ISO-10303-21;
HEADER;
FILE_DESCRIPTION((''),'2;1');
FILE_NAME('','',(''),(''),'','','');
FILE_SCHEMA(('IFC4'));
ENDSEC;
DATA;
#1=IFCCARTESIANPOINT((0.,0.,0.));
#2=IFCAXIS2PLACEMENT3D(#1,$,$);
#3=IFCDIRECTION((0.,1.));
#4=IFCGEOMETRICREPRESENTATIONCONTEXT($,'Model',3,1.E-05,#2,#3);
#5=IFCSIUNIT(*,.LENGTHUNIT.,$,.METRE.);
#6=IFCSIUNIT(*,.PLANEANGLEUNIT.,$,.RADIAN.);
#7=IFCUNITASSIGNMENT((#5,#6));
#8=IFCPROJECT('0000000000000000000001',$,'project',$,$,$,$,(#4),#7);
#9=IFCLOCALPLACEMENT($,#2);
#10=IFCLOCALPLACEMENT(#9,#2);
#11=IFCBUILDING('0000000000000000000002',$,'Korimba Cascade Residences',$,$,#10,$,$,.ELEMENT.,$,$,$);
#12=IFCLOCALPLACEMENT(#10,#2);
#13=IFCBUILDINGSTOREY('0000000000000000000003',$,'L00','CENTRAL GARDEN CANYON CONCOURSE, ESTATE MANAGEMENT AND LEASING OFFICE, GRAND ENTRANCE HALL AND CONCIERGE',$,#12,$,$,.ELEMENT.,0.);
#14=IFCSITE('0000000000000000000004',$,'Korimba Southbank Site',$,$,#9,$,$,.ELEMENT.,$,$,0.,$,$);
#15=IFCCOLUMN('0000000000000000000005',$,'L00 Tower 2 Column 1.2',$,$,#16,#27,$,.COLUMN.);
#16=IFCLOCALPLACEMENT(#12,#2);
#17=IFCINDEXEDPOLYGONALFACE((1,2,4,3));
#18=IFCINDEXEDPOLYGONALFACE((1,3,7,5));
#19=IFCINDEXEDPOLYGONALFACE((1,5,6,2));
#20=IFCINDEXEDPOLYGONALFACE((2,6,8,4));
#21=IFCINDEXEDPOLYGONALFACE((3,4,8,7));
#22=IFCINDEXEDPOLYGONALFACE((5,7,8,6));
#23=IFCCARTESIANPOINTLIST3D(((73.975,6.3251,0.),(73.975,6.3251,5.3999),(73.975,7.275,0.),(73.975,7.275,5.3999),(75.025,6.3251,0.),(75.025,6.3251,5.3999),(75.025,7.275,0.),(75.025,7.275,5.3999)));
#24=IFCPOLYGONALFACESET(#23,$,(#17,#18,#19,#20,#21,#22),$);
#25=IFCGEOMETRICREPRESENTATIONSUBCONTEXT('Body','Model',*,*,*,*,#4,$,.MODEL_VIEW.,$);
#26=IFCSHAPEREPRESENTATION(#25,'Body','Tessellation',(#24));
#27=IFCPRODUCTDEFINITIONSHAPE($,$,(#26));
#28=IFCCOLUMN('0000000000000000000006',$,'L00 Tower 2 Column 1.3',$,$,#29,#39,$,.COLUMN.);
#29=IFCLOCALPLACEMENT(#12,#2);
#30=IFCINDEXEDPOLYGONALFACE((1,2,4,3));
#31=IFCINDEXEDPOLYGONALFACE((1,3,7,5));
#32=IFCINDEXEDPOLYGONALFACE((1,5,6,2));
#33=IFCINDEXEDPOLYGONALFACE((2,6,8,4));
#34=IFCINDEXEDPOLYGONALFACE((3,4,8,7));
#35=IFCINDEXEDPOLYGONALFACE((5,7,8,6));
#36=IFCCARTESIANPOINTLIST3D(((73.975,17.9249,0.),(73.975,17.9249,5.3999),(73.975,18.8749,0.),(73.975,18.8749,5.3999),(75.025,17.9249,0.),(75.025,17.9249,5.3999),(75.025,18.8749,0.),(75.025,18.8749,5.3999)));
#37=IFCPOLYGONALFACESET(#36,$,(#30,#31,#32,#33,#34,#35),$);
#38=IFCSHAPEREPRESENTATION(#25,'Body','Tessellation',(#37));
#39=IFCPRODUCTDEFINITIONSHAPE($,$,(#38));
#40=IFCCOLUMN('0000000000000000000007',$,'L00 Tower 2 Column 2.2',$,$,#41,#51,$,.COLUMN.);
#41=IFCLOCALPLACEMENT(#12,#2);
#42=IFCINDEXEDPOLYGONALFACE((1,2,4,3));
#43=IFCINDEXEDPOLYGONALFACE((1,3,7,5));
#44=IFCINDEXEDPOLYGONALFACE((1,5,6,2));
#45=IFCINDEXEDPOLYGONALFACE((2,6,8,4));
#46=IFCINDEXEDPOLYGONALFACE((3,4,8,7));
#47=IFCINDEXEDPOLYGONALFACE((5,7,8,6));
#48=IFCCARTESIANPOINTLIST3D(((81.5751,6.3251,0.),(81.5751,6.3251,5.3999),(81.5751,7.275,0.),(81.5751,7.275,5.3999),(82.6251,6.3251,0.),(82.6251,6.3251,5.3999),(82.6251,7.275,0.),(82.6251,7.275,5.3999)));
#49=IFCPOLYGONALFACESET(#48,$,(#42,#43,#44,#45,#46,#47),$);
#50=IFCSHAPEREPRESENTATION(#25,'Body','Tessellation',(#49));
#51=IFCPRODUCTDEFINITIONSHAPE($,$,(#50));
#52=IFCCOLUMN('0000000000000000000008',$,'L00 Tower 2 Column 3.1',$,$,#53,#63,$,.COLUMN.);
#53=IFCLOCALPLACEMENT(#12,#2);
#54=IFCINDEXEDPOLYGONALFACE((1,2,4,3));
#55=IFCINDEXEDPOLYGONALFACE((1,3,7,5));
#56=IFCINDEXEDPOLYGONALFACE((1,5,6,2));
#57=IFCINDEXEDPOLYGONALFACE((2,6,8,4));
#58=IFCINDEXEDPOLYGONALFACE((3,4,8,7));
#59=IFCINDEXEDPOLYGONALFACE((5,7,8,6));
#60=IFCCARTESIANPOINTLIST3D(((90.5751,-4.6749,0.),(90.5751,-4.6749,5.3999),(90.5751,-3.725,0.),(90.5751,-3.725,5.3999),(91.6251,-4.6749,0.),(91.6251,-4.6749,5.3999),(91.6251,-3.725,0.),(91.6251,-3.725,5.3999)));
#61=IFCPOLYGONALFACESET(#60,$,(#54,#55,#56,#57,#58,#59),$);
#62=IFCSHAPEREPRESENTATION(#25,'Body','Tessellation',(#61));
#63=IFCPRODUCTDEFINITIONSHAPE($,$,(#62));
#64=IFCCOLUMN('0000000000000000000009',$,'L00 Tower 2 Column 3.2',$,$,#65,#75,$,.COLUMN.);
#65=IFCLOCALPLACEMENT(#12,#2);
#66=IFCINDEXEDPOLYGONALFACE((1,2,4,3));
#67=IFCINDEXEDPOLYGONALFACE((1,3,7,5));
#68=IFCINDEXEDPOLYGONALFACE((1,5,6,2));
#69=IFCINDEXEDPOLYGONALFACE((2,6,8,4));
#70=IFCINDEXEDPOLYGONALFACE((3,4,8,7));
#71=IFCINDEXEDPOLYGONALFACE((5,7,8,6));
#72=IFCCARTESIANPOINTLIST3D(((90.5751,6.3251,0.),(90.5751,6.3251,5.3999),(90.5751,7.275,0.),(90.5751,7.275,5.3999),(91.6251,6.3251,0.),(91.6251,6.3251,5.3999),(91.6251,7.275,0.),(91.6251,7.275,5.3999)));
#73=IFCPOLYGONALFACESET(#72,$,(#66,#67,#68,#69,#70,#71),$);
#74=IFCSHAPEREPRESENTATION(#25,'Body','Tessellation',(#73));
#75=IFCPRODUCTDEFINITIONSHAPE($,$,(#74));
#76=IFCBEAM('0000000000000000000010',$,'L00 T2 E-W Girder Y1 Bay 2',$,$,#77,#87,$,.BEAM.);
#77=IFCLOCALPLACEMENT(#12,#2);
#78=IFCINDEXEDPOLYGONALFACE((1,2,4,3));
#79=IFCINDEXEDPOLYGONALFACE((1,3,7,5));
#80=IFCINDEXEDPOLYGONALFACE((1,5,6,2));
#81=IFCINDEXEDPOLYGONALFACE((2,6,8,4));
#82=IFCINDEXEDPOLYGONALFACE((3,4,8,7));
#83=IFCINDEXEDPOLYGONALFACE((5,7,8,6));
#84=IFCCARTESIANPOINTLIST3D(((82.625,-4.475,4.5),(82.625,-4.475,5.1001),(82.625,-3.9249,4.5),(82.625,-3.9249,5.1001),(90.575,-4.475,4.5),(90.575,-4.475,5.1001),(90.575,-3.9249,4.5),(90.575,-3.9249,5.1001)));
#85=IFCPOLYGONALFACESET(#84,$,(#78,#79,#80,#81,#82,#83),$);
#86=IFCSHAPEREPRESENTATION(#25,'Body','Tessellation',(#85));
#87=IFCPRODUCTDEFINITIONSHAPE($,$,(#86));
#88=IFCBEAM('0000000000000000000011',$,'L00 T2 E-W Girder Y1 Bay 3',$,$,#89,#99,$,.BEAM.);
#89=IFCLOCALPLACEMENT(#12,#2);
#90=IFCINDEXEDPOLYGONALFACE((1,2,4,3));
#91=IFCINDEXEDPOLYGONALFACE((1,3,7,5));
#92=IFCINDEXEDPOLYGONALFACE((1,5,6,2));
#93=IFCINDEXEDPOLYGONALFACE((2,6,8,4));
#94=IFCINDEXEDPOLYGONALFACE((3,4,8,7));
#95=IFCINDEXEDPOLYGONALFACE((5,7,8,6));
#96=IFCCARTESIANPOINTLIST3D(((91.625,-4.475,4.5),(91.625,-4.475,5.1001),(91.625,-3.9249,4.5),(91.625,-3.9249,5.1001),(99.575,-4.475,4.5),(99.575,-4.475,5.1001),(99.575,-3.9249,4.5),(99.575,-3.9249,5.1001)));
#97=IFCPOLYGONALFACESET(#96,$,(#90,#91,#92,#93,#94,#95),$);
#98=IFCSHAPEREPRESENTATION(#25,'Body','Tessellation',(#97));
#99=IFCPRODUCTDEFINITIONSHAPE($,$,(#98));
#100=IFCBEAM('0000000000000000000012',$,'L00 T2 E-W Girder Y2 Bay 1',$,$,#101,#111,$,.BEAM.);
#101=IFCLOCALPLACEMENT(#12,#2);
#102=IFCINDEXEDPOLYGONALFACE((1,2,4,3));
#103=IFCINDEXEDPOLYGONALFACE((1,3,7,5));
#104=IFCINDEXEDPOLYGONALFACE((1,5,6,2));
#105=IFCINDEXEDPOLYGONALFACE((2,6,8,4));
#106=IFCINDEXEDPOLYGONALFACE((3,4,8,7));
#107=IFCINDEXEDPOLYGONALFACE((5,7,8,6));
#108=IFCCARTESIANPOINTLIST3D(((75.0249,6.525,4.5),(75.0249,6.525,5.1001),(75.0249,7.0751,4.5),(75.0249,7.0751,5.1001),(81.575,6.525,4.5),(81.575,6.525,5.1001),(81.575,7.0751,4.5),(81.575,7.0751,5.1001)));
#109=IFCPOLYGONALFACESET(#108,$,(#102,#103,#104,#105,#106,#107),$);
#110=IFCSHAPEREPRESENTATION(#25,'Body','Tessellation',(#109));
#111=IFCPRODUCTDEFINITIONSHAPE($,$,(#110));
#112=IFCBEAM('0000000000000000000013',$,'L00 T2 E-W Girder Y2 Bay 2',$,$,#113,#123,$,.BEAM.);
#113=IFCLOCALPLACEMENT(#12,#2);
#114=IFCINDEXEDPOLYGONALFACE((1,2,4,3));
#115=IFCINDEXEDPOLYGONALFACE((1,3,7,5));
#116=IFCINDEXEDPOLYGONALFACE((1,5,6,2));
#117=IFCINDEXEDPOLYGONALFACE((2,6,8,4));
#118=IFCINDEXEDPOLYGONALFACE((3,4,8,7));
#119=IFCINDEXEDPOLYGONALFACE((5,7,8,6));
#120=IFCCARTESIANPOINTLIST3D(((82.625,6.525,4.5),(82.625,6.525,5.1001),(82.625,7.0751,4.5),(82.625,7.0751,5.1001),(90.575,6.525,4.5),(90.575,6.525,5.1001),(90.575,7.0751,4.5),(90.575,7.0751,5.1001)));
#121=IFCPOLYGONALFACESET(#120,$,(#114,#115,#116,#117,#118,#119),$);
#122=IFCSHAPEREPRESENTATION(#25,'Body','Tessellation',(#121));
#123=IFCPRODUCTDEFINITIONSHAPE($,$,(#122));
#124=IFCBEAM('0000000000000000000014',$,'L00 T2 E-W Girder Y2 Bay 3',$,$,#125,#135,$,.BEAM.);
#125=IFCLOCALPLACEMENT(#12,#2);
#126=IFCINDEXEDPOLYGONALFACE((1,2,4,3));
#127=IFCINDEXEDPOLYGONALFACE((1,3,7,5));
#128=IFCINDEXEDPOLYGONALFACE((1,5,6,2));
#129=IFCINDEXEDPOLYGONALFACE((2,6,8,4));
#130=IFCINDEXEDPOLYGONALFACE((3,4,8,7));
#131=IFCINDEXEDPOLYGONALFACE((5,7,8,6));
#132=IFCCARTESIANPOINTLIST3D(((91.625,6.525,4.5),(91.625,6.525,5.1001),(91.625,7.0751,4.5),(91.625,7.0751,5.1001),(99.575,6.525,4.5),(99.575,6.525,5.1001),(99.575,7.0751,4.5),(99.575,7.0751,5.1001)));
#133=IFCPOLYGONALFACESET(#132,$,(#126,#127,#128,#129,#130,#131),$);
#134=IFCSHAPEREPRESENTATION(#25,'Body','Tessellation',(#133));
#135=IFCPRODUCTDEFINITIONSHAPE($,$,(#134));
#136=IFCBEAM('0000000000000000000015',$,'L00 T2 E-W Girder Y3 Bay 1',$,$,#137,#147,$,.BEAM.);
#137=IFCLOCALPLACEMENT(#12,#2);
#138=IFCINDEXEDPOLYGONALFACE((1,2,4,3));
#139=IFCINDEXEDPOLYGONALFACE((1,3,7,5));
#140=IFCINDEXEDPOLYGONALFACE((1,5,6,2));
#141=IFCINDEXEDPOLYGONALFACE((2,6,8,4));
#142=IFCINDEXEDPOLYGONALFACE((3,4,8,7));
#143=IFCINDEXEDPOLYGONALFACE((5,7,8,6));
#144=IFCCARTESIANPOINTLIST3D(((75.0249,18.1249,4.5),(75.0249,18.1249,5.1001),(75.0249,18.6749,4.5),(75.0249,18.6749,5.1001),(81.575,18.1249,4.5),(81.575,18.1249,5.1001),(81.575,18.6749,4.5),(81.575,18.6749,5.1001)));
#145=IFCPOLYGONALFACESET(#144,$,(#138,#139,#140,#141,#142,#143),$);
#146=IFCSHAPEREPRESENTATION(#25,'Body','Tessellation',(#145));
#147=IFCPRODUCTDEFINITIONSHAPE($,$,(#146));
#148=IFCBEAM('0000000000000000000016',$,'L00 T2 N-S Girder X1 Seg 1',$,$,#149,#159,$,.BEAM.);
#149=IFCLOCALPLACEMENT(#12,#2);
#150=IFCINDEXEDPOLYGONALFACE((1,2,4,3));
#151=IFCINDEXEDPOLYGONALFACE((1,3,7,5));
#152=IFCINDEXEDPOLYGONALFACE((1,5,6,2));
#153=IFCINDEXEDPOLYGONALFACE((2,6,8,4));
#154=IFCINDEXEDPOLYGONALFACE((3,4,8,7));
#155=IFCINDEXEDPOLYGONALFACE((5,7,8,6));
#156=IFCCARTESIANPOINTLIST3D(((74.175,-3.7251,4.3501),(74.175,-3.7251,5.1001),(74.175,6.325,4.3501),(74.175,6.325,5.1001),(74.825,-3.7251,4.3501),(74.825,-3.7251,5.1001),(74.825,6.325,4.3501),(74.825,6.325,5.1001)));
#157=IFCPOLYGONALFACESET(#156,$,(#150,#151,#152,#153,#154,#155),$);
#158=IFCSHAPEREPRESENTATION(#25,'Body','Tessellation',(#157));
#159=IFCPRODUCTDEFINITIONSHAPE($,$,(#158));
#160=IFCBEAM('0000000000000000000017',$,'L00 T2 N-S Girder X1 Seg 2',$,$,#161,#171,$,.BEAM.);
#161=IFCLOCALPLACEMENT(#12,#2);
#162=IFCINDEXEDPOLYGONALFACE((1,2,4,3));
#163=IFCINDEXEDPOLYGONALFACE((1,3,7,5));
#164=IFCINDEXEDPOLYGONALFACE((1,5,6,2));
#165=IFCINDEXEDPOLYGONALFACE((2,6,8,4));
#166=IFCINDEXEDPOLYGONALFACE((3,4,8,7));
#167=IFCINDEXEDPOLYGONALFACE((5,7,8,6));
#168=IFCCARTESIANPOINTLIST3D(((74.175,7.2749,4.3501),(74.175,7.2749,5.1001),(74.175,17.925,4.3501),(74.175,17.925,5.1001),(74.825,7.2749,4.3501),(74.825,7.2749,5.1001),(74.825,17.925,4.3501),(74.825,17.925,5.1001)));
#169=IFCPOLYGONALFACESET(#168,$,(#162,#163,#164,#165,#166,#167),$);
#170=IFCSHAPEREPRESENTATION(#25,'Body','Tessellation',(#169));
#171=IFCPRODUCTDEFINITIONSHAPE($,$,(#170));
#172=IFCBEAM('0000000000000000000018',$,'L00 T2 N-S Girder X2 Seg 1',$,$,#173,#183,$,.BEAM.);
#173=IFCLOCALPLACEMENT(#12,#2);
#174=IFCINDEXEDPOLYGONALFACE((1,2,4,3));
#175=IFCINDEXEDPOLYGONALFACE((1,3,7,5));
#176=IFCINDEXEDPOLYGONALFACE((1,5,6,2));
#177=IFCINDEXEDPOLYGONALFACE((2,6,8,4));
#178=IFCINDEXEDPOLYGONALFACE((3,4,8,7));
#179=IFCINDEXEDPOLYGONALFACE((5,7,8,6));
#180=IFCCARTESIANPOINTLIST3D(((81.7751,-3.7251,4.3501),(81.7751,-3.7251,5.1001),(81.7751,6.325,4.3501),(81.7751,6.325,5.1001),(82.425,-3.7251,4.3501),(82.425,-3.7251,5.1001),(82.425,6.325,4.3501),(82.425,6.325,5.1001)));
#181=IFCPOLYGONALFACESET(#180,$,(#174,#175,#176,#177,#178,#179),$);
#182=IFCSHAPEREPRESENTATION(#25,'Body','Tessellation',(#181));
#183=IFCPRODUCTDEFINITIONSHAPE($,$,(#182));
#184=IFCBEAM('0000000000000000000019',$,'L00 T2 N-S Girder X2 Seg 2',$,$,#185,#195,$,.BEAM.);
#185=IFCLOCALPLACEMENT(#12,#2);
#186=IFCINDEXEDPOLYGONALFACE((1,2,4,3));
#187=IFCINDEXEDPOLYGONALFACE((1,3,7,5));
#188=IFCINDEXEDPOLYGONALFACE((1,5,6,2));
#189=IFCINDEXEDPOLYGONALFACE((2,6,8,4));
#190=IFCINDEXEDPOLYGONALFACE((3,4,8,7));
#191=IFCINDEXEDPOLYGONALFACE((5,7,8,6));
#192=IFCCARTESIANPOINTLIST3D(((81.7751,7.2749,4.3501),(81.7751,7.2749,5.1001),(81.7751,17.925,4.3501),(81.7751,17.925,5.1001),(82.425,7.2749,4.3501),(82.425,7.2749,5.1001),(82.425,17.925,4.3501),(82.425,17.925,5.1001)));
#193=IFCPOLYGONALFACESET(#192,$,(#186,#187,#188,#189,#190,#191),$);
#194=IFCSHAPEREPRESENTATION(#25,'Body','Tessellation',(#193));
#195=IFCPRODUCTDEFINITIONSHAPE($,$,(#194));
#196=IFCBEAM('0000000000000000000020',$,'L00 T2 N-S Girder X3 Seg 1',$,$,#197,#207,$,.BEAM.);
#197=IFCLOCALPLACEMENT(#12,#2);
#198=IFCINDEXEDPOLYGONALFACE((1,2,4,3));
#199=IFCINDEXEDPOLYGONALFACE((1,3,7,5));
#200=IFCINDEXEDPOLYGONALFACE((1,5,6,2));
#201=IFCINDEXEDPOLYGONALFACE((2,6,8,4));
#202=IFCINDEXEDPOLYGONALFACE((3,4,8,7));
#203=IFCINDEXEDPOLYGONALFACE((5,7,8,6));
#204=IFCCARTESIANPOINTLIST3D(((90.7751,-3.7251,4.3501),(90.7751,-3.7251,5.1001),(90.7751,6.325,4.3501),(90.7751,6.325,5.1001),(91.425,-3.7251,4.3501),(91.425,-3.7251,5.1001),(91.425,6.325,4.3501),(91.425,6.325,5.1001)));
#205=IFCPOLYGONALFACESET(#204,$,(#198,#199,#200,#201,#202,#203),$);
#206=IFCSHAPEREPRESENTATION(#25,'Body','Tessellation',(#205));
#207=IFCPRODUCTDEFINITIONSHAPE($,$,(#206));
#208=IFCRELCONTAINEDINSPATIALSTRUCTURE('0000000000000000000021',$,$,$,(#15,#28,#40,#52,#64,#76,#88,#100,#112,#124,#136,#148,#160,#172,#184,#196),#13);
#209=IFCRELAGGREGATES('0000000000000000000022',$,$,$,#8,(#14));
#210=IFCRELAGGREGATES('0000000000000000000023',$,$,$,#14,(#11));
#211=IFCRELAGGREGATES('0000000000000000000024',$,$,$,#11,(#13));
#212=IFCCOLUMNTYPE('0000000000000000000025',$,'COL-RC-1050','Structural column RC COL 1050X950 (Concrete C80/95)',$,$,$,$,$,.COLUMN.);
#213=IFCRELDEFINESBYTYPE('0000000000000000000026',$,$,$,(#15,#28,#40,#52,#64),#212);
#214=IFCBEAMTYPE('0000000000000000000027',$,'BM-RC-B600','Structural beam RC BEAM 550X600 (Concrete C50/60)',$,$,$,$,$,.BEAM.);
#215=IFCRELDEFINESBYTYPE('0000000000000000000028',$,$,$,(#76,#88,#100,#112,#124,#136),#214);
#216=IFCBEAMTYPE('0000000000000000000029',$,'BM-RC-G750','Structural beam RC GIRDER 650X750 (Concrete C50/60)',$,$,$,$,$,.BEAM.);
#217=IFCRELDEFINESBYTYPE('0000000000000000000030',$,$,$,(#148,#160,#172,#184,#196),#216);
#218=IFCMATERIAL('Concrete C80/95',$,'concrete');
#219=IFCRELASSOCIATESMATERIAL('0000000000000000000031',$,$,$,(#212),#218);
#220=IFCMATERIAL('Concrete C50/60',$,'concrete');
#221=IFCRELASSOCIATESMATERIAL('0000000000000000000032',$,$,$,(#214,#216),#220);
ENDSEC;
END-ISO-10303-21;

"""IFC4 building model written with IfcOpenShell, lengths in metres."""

from ifc_helpers import new_model, si_unit, direction, frame, origin, origin_2d, place, context, subcontext, project, spatial, rectangle, extrude, material, material_profile, profile_set, type_object, element, save


model = new_model("IFC4")

# Units and contexts
model_context = context("Model", 3, precision=1e-05, world=origin(), true_north=direction((0.0, 1.0)))
body_context = subcontext(model_context, "Body", "Model", "MODEL_VIEW")
ifc_project = project(units=[si_unit("LENGTHUNIT", "METRE"), si_unit("PLANEANGLEUNIT", "RADIAN")], contexts=[model_context])

# Site, building, storey
site_placement = place(None, origin())
site = spatial("IfcSite", under=ifc_project, at=site_placement, Name="Korimba Southbank Site", CompositionType="ELEMENT", RefElevation=0.0)
building_placement = place(site_placement, origin())
building = spatial("IfcBuilding", under=site, at=building_placement, Name="Korimba Cascade Residences", CompositionType="ELEMENT")
storey_placement = place(building_placement, origin())
storey = spatial("IfcBuildingStorey", under=building, at=storey_placement, Name="L00", Description="CENTRAL GARDEN CANYON CONCOURSE, ESTATE MANAGEMENT AND LEASING OFFICE, GRAND ENTRANCE HALL AND CONCIERGE", CompositionType="ELEMENT", Elevation=0.0)

# Columns
ifc_material_1 = material(Name="Concrete C80/95", Category="concrete")
ifc_material_profile_1 = material_profile(ifc_material_1, rectangle(XDim=1.05, YDim=0.95, at=origin_2d()), Name="Concrete C80/95")
ifc_profile_set_1 = profile_set([ifc_material_profile_1], Name="Concrete C80/95")
column_type = type_object("IfcColumnType", Name="COL-RC-1050", Description="Structural column RC COL 1050X950 (Concrete C80/95)", PredefinedType="COLUMN", material=ifc_profile_set_1)
for number, where, z_axis, x_axis, name in (
    (1, (74.5, 6.8, 0.0), (0.0, 0.0, 1.0), (1.0, 0.0, 0.0), "L00 Tower 2 Column 1.2"),
    (2, (74.5, 18.3999, 0.0), (0.0, 0.0, 1.0), (1.0, 0.0, 0.0), "L00 Tower 2 Column 1.3"),
    (3, (82.1001, 6.8, 0.0), (0.0, 0.0, 1.0), (1.0, 0.0, 0.0), "L00 Tower 2 Column 2.2"),
    (4, (91.1001, -4.2, 0.0), (0.0, 0.0, 1.0), (1.0, 0.0, 0.0), "L00 Tower 2 Column 3.1"),
    (5, (91.1001, 6.8, 0.0), (0.0, 0.0, 1.0), (1.0, 0.0, 0.0), "L00 Tower 2 Column 3.2"),
):
    element("IfcColumn", number, at=place(storey_placement, frame(where, z_axis=z_axis, x_axis=x_axis)), inside=storey, type_object=column_type, Name=name, PredefinedType="COLUMN", context=body_context, shape_type="SweptSolid", body=[
        extrude(rectangle(XDim=1.05, YDim=0.95, at=origin_2d()), origin(), (0.0, 0.0, 1.0), 5.3999),
    ])

# Beams
ifc_material_2 = material(Name="Concrete C50/60", Category="concrete")
ifc_material_profile_2 = material_profile(ifc_material_2, rectangle(XDim=0.55, YDim=0.6001, at=origin_2d()), Name="Concrete C50/60")
ifc_profile_set_2 = profile_set([ifc_material_profile_2], Name="Concrete C50/60")
beam_type_1 = type_object("IfcBeamType", Name="BM-RC-B600", Description="Structural beam RC BEAM 550X600 (Concrete C50/60)", PredefinedType="BEAM", material=ifc_profile_set_2)
for number, where, z_axis, x_axis, name in (
    (6, (82.625, -4.2, 4.8), (1.0, 0.0, 0.0), (0.0, 1.0, 0.0), "L00 T2 E-W Girder Y1 Bay 2"),
    (7, (91.625, -4.2, 4.8), (1.0, 0.0, 0.0), (0.0, 1.0, 0.0), "L00 T2 E-W Girder Y1 Bay 3"),
):
    element("IfcBeam", number, at=place(storey_placement, frame(where, z_axis=z_axis, x_axis=x_axis)), inside=storey, type_object=beam_type_1, Name=name, PredefinedType="BEAM", context=body_context, shape_type="SweptSolid", body=[
        extrude(rectangle(XDim=0.55, YDim=0.6001, at=origin_2d()), origin(), (0.0, 0.0, 1.0), 7.95),
    ])
beam_1_placement = place(storey_placement, frame((75.0249, 6.8, 4.8), z_axis=(1.0, 0.0, 0.0), x_axis=(0.0, 1.0, 0.0)))
element("IfcBeam", 8, at=beam_1_placement, inside=storey, type_object=beam_type_1, Name="L00 T2 E-W Girder Y2 Bay 1", PredefinedType="BEAM", context=body_context, shape_type="SweptSolid", body=[
    extrude(rectangle(XDim=0.55, YDim=0.6001, at=origin_2d()), origin(), (0.0, 0.0, 1.0), 6.55),
])
for number, where, z_axis, x_axis, name in (
    (9, (82.625, 6.8, 4.8), (1.0, 0.0, 0.0), (0.0, 1.0, 0.0), "L00 T2 E-W Girder Y2 Bay 2"),
    (10, (91.625, 6.8, 4.8), (1.0, 0.0, 0.0), (0.0, 1.0, 0.0), "L00 T2 E-W Girder Y2 Bay 3"),
):
    element("IfcBeam", number, at=place(storey_placement, frame(where, z_axis=z_axis, x_axis=x_axis)), inside=storey, type_object=beam_type_1, Name=name, PredefinedType="BEAM", context=body_context, shape_type="SweptSolid", body=[
        extrude(rectangle(XDim=0.55, YDim=0.6001, at=origin_2d()), origin(), (0.0, 0.0, 1.0), 7.95),
    ])
beam_2_placement = place(storey_placement, frame((75.0249, 18.3999, 4.8), z_axis=(1.0, 0.0, 0.0), x_axis=(0.0, 1.0, 0.0)))
element("IfcBeam", 11, at=beam_2_placement, inside=storey, type_object=beam_type_1, Name="L00 T2 E-W Girder Y3 Bay 1", PredefinedType="BEAM", context=body_context, shape_type="SweptSolid", body=[
    extrude(rectangle(XDim=0.55, YDim=0.6001, at=origin_2d()), origin(), (0.0, 0.0, 1.0), 6.55),
])
ifc_material_profile_3 = material_profile(ifc_material_2, rectangle(XDim=0.6499, YDim=0.75, at=origin_2d()), Name="Concrete C50/60")
ifc_profile_set_3 = profile_set([ifc_material_profile_3], Name="Concrete C50/60")
beam_type_2 = type_object("IfcBeamType", Name="BM-RC-G750", Description="Structural beam RC GIRDER 650X750 (Concrete C50/60)", PredefinedType="BEAM", material=ifc_profile_set_3)
beam_3_placement = place(storey_placement, frame((74.5, -3.7251, 4.7251), z_axis=(0.0, 1.0, 0.0), x_axis=(-1.0, 0.0, 0.0)))
element("IfcBeam", 12, at=beam_3_placement, inside=storey, type_object=beam_type_2, Name="L00 T2 N-S Girder X1 Seg 1", PredefinedType="BEAM", context=body_context, shape_type="SweptSolid", body=[
    extrude(rectangle(XDim=0.6499, YDim=0.75, at=origin_2d()), origin(), (0.0, 0.0, 1.0), 10.05),
])
beam_4_placement = place(storey_placement, frame((74.5, 7.2749, 4.7251), z_axis=(0.0, 1.0, 0.0), x_axis=(-1.0, 0.0, 0.0)))
element("IfcBeam", 13, at=beam_4_placement, inside=storey, type_object=beam_type_2, Name="L00 T2 N-S Girder X1 Seg 2", PredefinedType="BEAM", context=body_context, shape_type="SweptSolid", body=[
    extrude(rectangle(XDim=0.6499, YDim=0.75, at=origin_2d()), origin(), (0.0, 0.0, 1.0), 10.6501),
])
beam_5_placement = place(storey_placement, frame((82.1001, -3.7251, 4.7251), z_axis=(0.0, 1.0, 0.0), x_axis=(-1.0, 0.0, 0.0)))
element("IfcBeam", 14, at=beam_5_placement, inside=storey, type_object=beam_type_2, Name="L00 T2 N-S Girder X2 Seg 1", PredefinedType="BEAM", context=body_context, shape_type="SweptSolid", body=[
    extrude(rectangle(XDim=0.6499, YDim=0.75, at=origin_2d()), origin(), (0.0, 0.0, 1.0), 10.05),
])
beam_6_placement = place(storey_placement, frame((82.1001, 7.2749, 4.7251), z_axis=(0.0, 1.0, 0.0), x_axis=(-1.0, 0.0, 0.0)))
element("IfcBeam", 15, at=beam_6_placement, inside=storey, type_object=beam_type_2, Name="L00 T2 N-S Girder X2 Seg 2", PredefinedType="BEAM", context=body_context, shape_type="SweptSolid", body=[
    extrude(rectangle(XDim=0.6499, YDim=0.75, at=origin_2d()), origin(), (0.0, 0.0, 1.0), 10.6501),
])
beam_7_placement = place(storey_placement, frame((91.1001, -3.7251, 4.7251), z_axis=(0.0, 1.0, 0.0), x_axis=(-1.0, 0.0, 0.0)))
element("IfcBeam", 16, at=beam_7_placement, inside=storey, type_object=beam_type_2, Name="L00 T2 N-S Girder X3 Seg 1", PredefinedType="BEAM", context=body_context, shape_type="SweptSolid", body=[
    extrude(rectangle(XDim=0.6499, YDim=0.75, at=origin_2d()), origin(), (0.0, 0.0, 1.0), 10.05),
])

save(model, "model.ifc")
